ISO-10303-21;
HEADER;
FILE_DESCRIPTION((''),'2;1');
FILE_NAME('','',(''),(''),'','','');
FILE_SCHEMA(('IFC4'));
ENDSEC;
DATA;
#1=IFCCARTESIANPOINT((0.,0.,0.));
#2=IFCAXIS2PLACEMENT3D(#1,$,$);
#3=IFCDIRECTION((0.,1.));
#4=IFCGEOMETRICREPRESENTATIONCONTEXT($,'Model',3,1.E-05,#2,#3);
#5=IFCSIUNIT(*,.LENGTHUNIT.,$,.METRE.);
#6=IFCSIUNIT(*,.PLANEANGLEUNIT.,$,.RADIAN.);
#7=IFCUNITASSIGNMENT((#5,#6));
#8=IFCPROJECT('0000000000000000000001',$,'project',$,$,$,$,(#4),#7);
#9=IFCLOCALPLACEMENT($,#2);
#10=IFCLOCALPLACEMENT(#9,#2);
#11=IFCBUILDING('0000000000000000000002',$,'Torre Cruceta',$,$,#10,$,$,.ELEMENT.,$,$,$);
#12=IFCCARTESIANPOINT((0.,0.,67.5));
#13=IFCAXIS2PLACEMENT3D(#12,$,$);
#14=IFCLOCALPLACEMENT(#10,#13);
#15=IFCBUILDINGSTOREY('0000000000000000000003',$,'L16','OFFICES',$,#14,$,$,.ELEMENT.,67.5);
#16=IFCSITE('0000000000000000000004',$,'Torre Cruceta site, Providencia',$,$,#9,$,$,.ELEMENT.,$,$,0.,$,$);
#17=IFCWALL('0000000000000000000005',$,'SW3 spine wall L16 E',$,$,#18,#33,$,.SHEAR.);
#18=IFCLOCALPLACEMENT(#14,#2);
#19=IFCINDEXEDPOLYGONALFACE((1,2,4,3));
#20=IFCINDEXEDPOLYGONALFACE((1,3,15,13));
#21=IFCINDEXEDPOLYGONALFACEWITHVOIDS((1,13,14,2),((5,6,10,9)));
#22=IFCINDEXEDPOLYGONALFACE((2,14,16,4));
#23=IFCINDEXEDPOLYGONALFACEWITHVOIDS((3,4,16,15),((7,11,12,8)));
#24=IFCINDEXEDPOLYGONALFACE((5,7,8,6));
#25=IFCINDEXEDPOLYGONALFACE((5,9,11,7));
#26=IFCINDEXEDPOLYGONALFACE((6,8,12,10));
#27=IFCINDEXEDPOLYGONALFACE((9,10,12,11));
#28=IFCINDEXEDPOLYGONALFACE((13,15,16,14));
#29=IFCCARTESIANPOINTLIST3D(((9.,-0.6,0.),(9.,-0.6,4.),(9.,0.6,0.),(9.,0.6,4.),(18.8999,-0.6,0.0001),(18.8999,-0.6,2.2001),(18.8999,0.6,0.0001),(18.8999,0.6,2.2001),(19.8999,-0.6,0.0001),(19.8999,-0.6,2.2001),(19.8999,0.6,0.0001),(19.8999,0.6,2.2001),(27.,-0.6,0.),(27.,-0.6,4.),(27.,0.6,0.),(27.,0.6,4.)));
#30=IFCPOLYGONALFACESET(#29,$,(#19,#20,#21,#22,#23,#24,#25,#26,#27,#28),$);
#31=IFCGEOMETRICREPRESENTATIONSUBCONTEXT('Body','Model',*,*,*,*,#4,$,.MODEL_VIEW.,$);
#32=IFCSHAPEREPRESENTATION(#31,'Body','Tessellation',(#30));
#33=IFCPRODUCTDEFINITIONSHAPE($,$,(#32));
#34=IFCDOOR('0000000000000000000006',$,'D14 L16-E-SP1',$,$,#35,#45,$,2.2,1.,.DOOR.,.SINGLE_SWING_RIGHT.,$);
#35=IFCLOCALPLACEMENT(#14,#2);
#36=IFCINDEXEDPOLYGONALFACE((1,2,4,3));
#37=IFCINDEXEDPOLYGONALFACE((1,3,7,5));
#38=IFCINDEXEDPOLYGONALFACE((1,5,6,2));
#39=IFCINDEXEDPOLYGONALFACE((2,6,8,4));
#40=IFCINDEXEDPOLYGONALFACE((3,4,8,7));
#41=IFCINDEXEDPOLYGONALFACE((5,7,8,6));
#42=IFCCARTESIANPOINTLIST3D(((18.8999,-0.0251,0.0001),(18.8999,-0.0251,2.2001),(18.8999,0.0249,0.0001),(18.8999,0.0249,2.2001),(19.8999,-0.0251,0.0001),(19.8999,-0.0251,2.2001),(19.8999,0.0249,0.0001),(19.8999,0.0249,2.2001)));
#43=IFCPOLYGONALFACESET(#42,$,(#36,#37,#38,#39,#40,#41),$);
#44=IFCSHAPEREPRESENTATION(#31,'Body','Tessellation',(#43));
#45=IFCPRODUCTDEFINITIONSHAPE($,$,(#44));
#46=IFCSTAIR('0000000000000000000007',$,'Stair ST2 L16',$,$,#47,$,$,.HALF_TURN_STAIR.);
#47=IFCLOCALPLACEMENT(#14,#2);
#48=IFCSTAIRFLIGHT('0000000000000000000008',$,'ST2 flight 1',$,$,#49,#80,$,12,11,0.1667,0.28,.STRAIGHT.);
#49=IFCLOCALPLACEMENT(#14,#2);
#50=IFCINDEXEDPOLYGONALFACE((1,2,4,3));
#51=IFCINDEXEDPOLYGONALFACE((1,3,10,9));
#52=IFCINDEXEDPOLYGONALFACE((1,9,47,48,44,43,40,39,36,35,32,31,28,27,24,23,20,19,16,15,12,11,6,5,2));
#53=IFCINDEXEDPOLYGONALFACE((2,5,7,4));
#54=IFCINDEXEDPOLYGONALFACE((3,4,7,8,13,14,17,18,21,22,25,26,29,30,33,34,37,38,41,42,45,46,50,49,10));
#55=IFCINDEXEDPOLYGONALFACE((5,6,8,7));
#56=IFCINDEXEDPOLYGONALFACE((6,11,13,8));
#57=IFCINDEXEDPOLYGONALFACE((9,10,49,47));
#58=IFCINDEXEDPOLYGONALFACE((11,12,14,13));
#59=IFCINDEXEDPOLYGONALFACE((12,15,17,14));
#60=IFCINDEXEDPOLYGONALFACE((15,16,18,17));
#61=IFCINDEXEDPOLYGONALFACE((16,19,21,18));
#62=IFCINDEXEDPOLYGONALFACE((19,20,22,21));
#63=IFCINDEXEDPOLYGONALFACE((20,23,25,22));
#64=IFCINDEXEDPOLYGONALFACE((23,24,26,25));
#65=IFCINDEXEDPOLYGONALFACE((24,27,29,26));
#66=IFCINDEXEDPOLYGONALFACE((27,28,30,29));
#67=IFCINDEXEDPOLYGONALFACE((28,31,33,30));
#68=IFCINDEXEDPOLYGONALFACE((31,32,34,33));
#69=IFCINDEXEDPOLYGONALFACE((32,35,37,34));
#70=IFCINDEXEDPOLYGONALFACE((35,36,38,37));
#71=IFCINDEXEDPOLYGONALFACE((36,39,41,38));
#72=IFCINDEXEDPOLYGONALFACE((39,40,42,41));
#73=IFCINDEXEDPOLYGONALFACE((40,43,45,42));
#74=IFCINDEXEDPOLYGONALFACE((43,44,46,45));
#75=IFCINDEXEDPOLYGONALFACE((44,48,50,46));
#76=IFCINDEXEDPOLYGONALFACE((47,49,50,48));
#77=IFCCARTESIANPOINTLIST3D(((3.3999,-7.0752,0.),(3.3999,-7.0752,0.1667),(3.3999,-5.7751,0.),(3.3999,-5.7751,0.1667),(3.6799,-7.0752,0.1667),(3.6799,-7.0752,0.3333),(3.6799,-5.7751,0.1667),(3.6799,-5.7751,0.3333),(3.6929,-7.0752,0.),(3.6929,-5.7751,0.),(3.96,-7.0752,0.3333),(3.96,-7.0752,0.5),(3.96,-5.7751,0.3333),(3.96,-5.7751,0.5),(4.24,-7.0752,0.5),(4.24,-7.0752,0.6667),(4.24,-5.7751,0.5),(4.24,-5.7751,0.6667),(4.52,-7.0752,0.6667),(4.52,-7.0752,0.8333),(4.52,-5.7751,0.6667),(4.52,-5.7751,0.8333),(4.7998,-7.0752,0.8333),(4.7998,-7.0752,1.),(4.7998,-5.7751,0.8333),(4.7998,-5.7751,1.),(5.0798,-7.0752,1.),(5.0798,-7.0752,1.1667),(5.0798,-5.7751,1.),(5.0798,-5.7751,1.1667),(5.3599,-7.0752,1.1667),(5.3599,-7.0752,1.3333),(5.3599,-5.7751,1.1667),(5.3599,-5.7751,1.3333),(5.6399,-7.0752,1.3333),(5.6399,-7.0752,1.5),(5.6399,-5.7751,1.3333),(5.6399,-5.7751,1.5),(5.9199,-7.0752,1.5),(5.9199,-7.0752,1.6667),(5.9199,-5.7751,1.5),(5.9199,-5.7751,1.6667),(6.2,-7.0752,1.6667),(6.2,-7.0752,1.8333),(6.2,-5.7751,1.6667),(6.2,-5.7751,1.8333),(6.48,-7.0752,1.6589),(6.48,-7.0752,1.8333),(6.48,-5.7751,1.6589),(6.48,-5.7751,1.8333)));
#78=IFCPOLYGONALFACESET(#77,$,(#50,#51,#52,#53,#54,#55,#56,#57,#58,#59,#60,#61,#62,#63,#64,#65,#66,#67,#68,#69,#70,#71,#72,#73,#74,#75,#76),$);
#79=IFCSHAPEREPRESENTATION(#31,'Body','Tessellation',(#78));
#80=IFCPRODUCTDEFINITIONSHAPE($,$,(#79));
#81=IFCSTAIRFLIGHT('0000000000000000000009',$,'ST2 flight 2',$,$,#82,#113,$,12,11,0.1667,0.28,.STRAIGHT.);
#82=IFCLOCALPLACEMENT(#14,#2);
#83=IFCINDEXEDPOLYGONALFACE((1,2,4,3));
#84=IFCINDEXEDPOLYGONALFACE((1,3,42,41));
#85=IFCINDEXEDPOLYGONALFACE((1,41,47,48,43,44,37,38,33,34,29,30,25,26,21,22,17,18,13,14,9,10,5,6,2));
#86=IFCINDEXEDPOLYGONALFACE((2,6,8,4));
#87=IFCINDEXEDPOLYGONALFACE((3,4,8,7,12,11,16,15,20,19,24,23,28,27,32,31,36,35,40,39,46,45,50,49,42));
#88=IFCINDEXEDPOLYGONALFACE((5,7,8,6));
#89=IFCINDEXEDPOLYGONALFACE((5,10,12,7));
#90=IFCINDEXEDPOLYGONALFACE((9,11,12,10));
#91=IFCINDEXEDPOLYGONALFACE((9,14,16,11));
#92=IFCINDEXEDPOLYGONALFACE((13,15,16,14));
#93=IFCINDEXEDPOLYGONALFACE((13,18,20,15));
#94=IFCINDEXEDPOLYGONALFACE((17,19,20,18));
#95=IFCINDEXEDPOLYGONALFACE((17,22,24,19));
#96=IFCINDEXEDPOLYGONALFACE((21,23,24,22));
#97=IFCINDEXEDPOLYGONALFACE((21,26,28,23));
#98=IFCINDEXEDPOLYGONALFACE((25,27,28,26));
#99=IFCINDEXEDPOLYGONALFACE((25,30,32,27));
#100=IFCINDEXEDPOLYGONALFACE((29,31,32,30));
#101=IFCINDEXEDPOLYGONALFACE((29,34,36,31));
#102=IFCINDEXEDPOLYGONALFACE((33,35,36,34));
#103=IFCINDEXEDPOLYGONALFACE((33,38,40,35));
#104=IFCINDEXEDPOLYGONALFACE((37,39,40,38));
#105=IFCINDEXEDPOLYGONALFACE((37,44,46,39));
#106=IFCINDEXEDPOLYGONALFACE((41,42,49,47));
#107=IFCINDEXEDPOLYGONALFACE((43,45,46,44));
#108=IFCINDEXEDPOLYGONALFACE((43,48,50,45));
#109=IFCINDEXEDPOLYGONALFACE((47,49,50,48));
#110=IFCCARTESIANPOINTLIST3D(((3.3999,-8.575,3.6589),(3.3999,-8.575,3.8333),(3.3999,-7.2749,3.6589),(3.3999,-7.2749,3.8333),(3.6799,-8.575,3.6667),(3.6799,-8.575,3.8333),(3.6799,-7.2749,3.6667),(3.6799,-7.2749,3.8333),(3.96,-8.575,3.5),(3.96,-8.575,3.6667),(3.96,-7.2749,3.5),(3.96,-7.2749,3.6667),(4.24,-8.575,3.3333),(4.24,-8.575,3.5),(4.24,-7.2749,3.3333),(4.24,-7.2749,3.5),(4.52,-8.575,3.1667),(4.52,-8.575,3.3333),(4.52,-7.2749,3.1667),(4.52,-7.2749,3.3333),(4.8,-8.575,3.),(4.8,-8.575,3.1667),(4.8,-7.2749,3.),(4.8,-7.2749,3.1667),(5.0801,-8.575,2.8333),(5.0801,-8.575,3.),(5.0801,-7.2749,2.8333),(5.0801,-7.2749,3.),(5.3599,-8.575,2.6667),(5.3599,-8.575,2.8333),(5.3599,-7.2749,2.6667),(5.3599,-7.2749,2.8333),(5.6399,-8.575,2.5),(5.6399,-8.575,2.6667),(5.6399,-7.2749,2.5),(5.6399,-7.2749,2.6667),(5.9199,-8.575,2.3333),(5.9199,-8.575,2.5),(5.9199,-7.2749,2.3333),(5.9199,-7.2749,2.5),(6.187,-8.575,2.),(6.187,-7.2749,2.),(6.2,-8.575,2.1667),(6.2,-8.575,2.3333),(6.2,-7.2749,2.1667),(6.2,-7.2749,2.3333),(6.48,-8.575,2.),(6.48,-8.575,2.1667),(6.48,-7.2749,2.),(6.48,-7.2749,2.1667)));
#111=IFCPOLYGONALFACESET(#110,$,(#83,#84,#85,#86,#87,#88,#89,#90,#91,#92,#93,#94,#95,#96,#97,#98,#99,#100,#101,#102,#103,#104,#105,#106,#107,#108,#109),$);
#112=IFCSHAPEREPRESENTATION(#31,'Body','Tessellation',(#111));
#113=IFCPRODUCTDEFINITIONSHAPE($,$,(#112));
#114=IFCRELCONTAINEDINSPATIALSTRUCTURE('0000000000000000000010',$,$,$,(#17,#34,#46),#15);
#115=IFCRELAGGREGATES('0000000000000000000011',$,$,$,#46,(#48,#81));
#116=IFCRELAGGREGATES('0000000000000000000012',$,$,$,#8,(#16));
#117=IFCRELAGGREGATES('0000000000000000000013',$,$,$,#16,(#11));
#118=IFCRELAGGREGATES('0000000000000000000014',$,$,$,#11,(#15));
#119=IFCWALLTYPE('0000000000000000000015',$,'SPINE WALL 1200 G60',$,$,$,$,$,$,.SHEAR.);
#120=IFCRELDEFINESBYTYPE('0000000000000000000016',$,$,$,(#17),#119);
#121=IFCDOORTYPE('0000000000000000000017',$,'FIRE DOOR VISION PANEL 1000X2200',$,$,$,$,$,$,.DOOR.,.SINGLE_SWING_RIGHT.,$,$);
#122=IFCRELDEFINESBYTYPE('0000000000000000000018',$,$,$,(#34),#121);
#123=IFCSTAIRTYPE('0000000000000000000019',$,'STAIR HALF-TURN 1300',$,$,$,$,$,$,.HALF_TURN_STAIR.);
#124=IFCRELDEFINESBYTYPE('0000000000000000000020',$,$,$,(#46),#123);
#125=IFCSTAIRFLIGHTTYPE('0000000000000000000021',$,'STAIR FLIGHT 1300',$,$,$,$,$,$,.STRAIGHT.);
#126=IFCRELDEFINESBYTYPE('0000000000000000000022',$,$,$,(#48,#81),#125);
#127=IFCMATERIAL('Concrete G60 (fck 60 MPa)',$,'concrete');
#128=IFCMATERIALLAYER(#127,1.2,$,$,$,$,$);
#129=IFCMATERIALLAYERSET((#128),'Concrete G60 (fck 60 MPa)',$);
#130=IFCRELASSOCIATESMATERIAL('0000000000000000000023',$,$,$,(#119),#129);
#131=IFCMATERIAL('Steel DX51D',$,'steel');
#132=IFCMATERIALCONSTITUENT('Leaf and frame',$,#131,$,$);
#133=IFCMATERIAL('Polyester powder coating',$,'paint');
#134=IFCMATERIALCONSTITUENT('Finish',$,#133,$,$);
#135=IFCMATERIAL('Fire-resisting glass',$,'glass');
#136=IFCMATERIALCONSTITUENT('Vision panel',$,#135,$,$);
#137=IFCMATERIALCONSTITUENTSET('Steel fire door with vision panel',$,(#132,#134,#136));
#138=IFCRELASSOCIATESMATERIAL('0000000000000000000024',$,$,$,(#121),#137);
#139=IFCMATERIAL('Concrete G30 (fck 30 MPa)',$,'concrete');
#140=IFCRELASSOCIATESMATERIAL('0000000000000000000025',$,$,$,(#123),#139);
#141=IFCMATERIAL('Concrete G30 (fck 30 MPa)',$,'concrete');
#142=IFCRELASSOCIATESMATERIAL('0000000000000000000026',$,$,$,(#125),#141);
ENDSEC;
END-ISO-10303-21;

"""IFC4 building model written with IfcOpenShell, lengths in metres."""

from ifc_helpers import new_model, si_unit, direction, frame, frame_2d, origin, place, context, subcontext, project, spatial, polyline, rectangle, outline, extrude, material, layer, layer_set, constituent, constituent_set, type_object, element, fill, aggregate, save


model = new_model("IFC4")

# Units and contexts
model_context = context("Model", 3, precision=1e-05, world=origin(), true_north=direction((0.0, 1.0)))
body_context = subcontext(model_context, "Body", "Model", "MODEL_VIEW")
ifc_project = project(units=[si_unit("LENGTHUNIT", "METRE"), si_unit("PLANEANGLEUNIT", "RADIAN")], contexts=[model_context])

# Site, building, storey
site_placement = place(None, origin())
site = spatial("IfcSite", under=ifc_project, at=site_placement, Name="Torre Cruceta site, Providencia", CompositionType="ELEMENT", RefElevation=0.0)
building_placement = place(site_placement, origin())
building = spatial("IfcBuilding", under=site, at=building_placement, Name="Torre Cruceta", CompositionType="ELEMENT")
storey_placement = place(building_placement, frame((0.0, 0.0, 67.5)))
storey = spatial("IfcBuildingStorey", under=building, at=storey_placement, Name="L16", Description="OFFICES", CompositionType="ELEMENT", Elevation=67.5)

# Wall, opening, door
ifc_material_1 = material(Name="Concrete G60 (fck 60 MPa)", Category="concrete")
ifc_layer_1 = layer(ifc_material_1, 1.2)
ifc_layer_set_1 = layer_set([ifc_layer_1], Name="Concrete G60 (fck 60 MPa)")
wall_type_1 = type_object("IfcWallType", Name="SPINE WALL 1200 G60", PredefinedType="SHEAR", material=ifc_layer_set_1)
wall_1_placement = place(storey_placement, frame((9.0, 0.0, 0.0), z_axis=(0.0, 0.0, 1.0), x_axis=(1.0, 0.0, 0.0)))
wall_1 = element("IfcWall", 1, at=wall_1_placement, inside=storey, type_object=wall_type_1, Name="SW3 spine wall L16 E", PredefinedType="SHEAR", context=body_context, shape_type="SweptSolid", body=[
    extrude(rectangle(XDim=18.0, YDim=1.2, at=frame_2d((9.0, 0.0))), origin(), (0.0, 0.0, 1.0), 4.0),
])
opening_1_placement = place(wall_1_placement, frame((9.8999, 0.0, 0.0)))
opening_1 = element("IfcOpeningElement", 2, at=opening_1_placement, cuts=wall_1, PredefinedType="OPENING", context=body_context, shape_type="SweptSolid", body=[
    extrude(rectangle(XDim=1.0, YDim=2.2, at=frame_2d((0.5, 1.1001))), frame((0.0, 0.6099, 0.0), z_axis=(0.0, -1.0, 0.0), x_axis=(1.0, 0.0, 0.0)), (0.0, 0.0, 1.0), 1.22),
])
ifc_material_2 = material(Name="Steel DX51D", Category="steel")
ifc_constituent_1 = constituent(ifc_material_2, Name="Leaf and frame")
ifc_material_3 = material(Name="Polyester powder coating", Category="paint")
ifc_constituent_2 = constituent(ifc_material_3, Name="Finish")
ifc_material_4 = material(Name="Fire-resisting glass", Category="glass")
ifc_constituent_3 = constituent(ifc_material_4, Name="Vision panel")
ifc_constituent_set_1 = constituent_set(constituents=[ifc_constituent_1, ifc_constituent_2, ifc_constituent_3], Name="Steel fire door with vision panel")
door_type_1 = type_object("IfcDoorType", Name="FIRE DOOR VISION PANEL 1000X2200", OperationType="SINGLE_SWING_RIGHT", PredefinedType="DOOR", material=ifc_constituent_set_1)
door_1_placement = place(opening_1_placement, origin())
door_1 = element("IfcDoor", 3, at=door_1_placement, inside=storey, type_object=door_type_1, Name="D14 L16-E-SP1", OperationType="SINGLE_SWING_RIGHT", OverallHeight=2.2, OverallWidth=1.0, PredefinedType="DOOR", context=body_context, shape_type="SweptSolid", body=[
    extrude(rectangle(XDim=1.0, YDim=2.2, at=frame_2d((0.5, 1.1001))), frame((0.0, 0.0249, 0.0), z_axis=(0.0, -1.0, 0.0), x_axis=(1.0, 0.0, 0.0)), (0.0, 0.0, 1.0), 0.05),
])
fill(opening_1, door_1)

# Stair, stair flights
ifc_material_5 = material(Name="Concrete G30 (fck 30 MPa)", Category="concrete")
stair_type = type_object("IfcStairType", Name="STAIR HALF-TURN 1300", PredefinedType="HALF_TURN_STAIR", material=ifc_material_5)
stair_placement = place(storey_placement, origin())
stair = element("IfcStair", 4, at=stair_placement, inside=storey, type_object=stair_type, Name="Stair ST2 L16", PredefinedType="HALF_TURN_STAIR")
ifc_material_6 = material(Name="Concrete G30 (fck 30 MPa)", Category="concrete")
stair_flight_type = type_object("IfcStairFlightType", Name="STAIR FLIGHT 1300", PredefinedType="STRAIGHT", material=ifc_material_6)
stair_flight_1_placement = place(storey_placement, frame((3.3999, -6.425, 0.0), z_axis=(0.0, 0.0, 1.0), x_axis=(1.0, 0.0, 0.0)))
stair_flight_1 = element("IfcStairFlight", 5, at=stair_flight_1_placement, type_object=stair_flight_type, Name="ST2 flight 1", NumberOfRisers=12, NumberOfTreads=11, PredefinedType="STRAIGHT", RiserHeight=0.1667, TreadLength=0.28, context=body_context, shape_type="SweptSolid", body=[
    extrude(outline(polyline([(0.0, 0.0), (0.0, 0.1667), (0.28, 0.1667), (0.28, 0.3333), (0.5601, 0.3333), (0.5601, 0.5), (0.8401, 0.5), (0.8401, 0.6667), (1.1201, 0.6667), (1.1201, 0.8333), (1.3999, 0.8333), (1.3999, 1.0), (1.6799, 1.0), (1.6799, 1.1667), (1.96, 1.1667), (1.96, 1.3333), (2.24, 1.3333), (2.24, 1.5), (2.52, 1.5), (2.52, 1.6667), (2.8, 1.6667), (2.8, 1.8333), (3.0801, 1.8333), (3.0801, 2.0), (3.0801, 1.6589), (0.293, 0.0), (0.0, 0.0)])), frame((0.0, 0.6499, 0.0), z_axis=(0.0, -1.0, 0.0), x_axis=(1.0, 0.0, 0.0)), (0.0, 0.0, 1.0), 1.3),
])
stair_flight_2_placement = place(storey_placement, frame((6.48, -7.925, 2.0), z_axis=(0.0, 0.0, 1.0), x_axis=(-1.0, 0.0, 0.0)))
stair_flight_2 = element("IfcStairFlight", 6, at=stair_flight_2_placement, type_object=stair_flight_type, Name="ST2 flight 2", NumberOfRisers=12, NumberOfTreads=11, PredefinedType="STRAIGHT", RiserHeight=0.1667, TreadLength=0.28, context=body_context, shape_type="SweptSolid", body=[
    extrude(outline(polyline([(0.0, 0.0), (0.0, 0.1667), (0.28, 0.1667), (0.28, 0.3333), (0.5601, 0.3333), (0.5601, 0.5), (0.8401, 0.5), (0.8401, 0.6667), (1.1201, 0.6667), (1.1201, 0.8333), (1.3999, 0.8333), (1.3999, 1.0), (1.6799, 1.0), (1.6799, 1.1667), (1.96, 1.1667), (1.96, 1.3333), (2.24, 1.3333), (2.24, 1.5), (2.52, 1.5), (2.52, 1.6667), (2.8, 1.6667), (2.8, 1.8333), (3.0801, 1.8333), (3.0801, 2.0), (3.0801, 1.6589), (0.293, 0.0), (0.0, 0.0)])), frame((0.0, 0.6499, 0.0), z_axis=(0.0, -1.0, 0.0), x_axis=(1.0, 0.0, 0.0)), (0.0, 0.0, 1.0), 1.3),
])
aggregate(stair, [stair_flight_1, stair_flight_2])

save(model, "model.ifc")
